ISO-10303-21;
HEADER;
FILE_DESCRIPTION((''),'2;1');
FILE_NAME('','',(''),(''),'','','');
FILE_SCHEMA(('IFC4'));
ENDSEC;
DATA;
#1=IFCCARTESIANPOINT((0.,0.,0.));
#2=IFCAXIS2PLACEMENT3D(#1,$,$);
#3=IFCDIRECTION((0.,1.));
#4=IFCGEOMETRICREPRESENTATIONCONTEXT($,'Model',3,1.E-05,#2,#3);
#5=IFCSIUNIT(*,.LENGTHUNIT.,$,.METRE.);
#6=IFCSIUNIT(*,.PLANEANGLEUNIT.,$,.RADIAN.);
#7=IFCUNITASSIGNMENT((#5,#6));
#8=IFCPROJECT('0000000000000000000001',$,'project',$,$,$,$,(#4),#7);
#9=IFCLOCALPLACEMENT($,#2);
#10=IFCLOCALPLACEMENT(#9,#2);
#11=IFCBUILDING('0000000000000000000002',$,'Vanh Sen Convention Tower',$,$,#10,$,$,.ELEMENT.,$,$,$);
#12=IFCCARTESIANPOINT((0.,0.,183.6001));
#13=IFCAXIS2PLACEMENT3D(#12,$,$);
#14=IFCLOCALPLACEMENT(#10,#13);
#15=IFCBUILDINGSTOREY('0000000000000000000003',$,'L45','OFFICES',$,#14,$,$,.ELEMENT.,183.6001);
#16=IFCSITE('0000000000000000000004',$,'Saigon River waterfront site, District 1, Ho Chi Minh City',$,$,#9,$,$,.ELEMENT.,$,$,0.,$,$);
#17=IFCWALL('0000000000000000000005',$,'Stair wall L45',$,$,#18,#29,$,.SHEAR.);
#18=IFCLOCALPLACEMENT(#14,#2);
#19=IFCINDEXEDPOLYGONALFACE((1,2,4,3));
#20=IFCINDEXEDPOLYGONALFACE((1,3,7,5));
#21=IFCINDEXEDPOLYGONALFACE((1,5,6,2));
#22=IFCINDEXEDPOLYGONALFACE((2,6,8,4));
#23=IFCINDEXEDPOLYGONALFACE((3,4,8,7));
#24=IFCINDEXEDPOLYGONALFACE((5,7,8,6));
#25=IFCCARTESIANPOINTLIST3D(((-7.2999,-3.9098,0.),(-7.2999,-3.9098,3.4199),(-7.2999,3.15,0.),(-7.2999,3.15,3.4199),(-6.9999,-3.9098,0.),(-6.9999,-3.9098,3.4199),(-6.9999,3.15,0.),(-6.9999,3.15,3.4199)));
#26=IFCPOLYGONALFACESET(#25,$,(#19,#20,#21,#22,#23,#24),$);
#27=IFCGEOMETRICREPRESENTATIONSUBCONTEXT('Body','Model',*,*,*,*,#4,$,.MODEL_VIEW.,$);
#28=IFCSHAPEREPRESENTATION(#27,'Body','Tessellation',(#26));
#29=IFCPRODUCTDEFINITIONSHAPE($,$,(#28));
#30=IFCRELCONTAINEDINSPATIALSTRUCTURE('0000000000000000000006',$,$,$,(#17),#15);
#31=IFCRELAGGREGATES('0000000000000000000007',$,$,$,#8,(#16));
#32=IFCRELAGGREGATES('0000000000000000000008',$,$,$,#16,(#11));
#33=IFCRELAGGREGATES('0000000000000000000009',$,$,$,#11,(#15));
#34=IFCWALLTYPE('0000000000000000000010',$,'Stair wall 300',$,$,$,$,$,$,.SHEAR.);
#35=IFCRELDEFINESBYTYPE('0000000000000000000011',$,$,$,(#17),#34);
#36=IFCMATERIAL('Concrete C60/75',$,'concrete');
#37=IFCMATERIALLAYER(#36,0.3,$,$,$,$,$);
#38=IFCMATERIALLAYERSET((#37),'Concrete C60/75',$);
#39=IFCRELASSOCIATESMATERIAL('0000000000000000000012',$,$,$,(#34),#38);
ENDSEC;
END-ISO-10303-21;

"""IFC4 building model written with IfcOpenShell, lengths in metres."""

from ifc_helpers import new_model, si_unit, direction, frame, frame_2d, origin, place, context, subcontext, project, spatial, rectangle, extrude, material, layer, layer_set, type_object, element, save


model = new_model("IFC4")

# Units and contexts
model_context = context("Model", 3, precision=1e-05, world=origin(), true_north=direction((0.0, 1.0)))
body_context = subcontext(model_context, "Body", "Model", "MODEL_VIEW")
ifc_project = project(units=[si_unit("LENGTHUNIT", "METRE"), si_unit("PLANEANGLEUNIT", "RADIAN")], contexts=[model_context])

# Site, building, storey
site_placement = place(None, origin())
site = spatial("IfcSite", under=ifc_project, at=site_placement, Name="Saigon River waterfront site, District 1, Ho Chi Minh City", CompositionType="ELEMENT", RefElevation=0.0)
building_placement = place(site_placement, origin())
building = spatial("IfcBuilding", under=site, at=building_placement, Name="Vanh Sen Convention Tower", CompositionType="ELEMENT")
storey_placement = place(building_placement, frame((0.0, 0.0, 183.6001)))
storey = spatial("IfcBuildingStorey", under=building, at=storey_placement, Name="L45", Description="OFFICES", CompositionType="ELEMENT", Elevation=183.6001)

# Shared definitions
ifc_material_1 = material(Name="Concrete C60/75", Category="concrete")

# Shared definitions
ifc_layer_1 = layer(ifc_material_1, 0.3)
ifc_layer_set_1 = layer_set([ifc_layer_1], Name="Concrete C60/75")
wall_type_1 = type_object("IfcWallType", Name="Stair wall 300", PredefinedType="SHEAR", material=ifc_layer_set_1)

# Wall
for number, where, z_axis, x_axis, name in (
    (1, (-7.1499, 3.1499, 0.0), (0.0, 0.0, 1.0), (0.0, -1.0, 0.0), "Stair wall L45"),
):
    element("IfcWall", number, at=place(storey_placement, frame(where, z_axis=z_axis, x_axis=x_axis)), inside=storey, type_object=wall_type_1, Name=name, PredefinedType="SHEAR", context=body_context, shape_type="SweptSolid", body=[
        extrude(rectangle(XDim=7.0598, YDim=0.3, at=frame_2d((3.5298, 0.0))), origin(), (0.0, 0.0, 1.0), 3.4199),
    ])

save(model, "model.ifc")
